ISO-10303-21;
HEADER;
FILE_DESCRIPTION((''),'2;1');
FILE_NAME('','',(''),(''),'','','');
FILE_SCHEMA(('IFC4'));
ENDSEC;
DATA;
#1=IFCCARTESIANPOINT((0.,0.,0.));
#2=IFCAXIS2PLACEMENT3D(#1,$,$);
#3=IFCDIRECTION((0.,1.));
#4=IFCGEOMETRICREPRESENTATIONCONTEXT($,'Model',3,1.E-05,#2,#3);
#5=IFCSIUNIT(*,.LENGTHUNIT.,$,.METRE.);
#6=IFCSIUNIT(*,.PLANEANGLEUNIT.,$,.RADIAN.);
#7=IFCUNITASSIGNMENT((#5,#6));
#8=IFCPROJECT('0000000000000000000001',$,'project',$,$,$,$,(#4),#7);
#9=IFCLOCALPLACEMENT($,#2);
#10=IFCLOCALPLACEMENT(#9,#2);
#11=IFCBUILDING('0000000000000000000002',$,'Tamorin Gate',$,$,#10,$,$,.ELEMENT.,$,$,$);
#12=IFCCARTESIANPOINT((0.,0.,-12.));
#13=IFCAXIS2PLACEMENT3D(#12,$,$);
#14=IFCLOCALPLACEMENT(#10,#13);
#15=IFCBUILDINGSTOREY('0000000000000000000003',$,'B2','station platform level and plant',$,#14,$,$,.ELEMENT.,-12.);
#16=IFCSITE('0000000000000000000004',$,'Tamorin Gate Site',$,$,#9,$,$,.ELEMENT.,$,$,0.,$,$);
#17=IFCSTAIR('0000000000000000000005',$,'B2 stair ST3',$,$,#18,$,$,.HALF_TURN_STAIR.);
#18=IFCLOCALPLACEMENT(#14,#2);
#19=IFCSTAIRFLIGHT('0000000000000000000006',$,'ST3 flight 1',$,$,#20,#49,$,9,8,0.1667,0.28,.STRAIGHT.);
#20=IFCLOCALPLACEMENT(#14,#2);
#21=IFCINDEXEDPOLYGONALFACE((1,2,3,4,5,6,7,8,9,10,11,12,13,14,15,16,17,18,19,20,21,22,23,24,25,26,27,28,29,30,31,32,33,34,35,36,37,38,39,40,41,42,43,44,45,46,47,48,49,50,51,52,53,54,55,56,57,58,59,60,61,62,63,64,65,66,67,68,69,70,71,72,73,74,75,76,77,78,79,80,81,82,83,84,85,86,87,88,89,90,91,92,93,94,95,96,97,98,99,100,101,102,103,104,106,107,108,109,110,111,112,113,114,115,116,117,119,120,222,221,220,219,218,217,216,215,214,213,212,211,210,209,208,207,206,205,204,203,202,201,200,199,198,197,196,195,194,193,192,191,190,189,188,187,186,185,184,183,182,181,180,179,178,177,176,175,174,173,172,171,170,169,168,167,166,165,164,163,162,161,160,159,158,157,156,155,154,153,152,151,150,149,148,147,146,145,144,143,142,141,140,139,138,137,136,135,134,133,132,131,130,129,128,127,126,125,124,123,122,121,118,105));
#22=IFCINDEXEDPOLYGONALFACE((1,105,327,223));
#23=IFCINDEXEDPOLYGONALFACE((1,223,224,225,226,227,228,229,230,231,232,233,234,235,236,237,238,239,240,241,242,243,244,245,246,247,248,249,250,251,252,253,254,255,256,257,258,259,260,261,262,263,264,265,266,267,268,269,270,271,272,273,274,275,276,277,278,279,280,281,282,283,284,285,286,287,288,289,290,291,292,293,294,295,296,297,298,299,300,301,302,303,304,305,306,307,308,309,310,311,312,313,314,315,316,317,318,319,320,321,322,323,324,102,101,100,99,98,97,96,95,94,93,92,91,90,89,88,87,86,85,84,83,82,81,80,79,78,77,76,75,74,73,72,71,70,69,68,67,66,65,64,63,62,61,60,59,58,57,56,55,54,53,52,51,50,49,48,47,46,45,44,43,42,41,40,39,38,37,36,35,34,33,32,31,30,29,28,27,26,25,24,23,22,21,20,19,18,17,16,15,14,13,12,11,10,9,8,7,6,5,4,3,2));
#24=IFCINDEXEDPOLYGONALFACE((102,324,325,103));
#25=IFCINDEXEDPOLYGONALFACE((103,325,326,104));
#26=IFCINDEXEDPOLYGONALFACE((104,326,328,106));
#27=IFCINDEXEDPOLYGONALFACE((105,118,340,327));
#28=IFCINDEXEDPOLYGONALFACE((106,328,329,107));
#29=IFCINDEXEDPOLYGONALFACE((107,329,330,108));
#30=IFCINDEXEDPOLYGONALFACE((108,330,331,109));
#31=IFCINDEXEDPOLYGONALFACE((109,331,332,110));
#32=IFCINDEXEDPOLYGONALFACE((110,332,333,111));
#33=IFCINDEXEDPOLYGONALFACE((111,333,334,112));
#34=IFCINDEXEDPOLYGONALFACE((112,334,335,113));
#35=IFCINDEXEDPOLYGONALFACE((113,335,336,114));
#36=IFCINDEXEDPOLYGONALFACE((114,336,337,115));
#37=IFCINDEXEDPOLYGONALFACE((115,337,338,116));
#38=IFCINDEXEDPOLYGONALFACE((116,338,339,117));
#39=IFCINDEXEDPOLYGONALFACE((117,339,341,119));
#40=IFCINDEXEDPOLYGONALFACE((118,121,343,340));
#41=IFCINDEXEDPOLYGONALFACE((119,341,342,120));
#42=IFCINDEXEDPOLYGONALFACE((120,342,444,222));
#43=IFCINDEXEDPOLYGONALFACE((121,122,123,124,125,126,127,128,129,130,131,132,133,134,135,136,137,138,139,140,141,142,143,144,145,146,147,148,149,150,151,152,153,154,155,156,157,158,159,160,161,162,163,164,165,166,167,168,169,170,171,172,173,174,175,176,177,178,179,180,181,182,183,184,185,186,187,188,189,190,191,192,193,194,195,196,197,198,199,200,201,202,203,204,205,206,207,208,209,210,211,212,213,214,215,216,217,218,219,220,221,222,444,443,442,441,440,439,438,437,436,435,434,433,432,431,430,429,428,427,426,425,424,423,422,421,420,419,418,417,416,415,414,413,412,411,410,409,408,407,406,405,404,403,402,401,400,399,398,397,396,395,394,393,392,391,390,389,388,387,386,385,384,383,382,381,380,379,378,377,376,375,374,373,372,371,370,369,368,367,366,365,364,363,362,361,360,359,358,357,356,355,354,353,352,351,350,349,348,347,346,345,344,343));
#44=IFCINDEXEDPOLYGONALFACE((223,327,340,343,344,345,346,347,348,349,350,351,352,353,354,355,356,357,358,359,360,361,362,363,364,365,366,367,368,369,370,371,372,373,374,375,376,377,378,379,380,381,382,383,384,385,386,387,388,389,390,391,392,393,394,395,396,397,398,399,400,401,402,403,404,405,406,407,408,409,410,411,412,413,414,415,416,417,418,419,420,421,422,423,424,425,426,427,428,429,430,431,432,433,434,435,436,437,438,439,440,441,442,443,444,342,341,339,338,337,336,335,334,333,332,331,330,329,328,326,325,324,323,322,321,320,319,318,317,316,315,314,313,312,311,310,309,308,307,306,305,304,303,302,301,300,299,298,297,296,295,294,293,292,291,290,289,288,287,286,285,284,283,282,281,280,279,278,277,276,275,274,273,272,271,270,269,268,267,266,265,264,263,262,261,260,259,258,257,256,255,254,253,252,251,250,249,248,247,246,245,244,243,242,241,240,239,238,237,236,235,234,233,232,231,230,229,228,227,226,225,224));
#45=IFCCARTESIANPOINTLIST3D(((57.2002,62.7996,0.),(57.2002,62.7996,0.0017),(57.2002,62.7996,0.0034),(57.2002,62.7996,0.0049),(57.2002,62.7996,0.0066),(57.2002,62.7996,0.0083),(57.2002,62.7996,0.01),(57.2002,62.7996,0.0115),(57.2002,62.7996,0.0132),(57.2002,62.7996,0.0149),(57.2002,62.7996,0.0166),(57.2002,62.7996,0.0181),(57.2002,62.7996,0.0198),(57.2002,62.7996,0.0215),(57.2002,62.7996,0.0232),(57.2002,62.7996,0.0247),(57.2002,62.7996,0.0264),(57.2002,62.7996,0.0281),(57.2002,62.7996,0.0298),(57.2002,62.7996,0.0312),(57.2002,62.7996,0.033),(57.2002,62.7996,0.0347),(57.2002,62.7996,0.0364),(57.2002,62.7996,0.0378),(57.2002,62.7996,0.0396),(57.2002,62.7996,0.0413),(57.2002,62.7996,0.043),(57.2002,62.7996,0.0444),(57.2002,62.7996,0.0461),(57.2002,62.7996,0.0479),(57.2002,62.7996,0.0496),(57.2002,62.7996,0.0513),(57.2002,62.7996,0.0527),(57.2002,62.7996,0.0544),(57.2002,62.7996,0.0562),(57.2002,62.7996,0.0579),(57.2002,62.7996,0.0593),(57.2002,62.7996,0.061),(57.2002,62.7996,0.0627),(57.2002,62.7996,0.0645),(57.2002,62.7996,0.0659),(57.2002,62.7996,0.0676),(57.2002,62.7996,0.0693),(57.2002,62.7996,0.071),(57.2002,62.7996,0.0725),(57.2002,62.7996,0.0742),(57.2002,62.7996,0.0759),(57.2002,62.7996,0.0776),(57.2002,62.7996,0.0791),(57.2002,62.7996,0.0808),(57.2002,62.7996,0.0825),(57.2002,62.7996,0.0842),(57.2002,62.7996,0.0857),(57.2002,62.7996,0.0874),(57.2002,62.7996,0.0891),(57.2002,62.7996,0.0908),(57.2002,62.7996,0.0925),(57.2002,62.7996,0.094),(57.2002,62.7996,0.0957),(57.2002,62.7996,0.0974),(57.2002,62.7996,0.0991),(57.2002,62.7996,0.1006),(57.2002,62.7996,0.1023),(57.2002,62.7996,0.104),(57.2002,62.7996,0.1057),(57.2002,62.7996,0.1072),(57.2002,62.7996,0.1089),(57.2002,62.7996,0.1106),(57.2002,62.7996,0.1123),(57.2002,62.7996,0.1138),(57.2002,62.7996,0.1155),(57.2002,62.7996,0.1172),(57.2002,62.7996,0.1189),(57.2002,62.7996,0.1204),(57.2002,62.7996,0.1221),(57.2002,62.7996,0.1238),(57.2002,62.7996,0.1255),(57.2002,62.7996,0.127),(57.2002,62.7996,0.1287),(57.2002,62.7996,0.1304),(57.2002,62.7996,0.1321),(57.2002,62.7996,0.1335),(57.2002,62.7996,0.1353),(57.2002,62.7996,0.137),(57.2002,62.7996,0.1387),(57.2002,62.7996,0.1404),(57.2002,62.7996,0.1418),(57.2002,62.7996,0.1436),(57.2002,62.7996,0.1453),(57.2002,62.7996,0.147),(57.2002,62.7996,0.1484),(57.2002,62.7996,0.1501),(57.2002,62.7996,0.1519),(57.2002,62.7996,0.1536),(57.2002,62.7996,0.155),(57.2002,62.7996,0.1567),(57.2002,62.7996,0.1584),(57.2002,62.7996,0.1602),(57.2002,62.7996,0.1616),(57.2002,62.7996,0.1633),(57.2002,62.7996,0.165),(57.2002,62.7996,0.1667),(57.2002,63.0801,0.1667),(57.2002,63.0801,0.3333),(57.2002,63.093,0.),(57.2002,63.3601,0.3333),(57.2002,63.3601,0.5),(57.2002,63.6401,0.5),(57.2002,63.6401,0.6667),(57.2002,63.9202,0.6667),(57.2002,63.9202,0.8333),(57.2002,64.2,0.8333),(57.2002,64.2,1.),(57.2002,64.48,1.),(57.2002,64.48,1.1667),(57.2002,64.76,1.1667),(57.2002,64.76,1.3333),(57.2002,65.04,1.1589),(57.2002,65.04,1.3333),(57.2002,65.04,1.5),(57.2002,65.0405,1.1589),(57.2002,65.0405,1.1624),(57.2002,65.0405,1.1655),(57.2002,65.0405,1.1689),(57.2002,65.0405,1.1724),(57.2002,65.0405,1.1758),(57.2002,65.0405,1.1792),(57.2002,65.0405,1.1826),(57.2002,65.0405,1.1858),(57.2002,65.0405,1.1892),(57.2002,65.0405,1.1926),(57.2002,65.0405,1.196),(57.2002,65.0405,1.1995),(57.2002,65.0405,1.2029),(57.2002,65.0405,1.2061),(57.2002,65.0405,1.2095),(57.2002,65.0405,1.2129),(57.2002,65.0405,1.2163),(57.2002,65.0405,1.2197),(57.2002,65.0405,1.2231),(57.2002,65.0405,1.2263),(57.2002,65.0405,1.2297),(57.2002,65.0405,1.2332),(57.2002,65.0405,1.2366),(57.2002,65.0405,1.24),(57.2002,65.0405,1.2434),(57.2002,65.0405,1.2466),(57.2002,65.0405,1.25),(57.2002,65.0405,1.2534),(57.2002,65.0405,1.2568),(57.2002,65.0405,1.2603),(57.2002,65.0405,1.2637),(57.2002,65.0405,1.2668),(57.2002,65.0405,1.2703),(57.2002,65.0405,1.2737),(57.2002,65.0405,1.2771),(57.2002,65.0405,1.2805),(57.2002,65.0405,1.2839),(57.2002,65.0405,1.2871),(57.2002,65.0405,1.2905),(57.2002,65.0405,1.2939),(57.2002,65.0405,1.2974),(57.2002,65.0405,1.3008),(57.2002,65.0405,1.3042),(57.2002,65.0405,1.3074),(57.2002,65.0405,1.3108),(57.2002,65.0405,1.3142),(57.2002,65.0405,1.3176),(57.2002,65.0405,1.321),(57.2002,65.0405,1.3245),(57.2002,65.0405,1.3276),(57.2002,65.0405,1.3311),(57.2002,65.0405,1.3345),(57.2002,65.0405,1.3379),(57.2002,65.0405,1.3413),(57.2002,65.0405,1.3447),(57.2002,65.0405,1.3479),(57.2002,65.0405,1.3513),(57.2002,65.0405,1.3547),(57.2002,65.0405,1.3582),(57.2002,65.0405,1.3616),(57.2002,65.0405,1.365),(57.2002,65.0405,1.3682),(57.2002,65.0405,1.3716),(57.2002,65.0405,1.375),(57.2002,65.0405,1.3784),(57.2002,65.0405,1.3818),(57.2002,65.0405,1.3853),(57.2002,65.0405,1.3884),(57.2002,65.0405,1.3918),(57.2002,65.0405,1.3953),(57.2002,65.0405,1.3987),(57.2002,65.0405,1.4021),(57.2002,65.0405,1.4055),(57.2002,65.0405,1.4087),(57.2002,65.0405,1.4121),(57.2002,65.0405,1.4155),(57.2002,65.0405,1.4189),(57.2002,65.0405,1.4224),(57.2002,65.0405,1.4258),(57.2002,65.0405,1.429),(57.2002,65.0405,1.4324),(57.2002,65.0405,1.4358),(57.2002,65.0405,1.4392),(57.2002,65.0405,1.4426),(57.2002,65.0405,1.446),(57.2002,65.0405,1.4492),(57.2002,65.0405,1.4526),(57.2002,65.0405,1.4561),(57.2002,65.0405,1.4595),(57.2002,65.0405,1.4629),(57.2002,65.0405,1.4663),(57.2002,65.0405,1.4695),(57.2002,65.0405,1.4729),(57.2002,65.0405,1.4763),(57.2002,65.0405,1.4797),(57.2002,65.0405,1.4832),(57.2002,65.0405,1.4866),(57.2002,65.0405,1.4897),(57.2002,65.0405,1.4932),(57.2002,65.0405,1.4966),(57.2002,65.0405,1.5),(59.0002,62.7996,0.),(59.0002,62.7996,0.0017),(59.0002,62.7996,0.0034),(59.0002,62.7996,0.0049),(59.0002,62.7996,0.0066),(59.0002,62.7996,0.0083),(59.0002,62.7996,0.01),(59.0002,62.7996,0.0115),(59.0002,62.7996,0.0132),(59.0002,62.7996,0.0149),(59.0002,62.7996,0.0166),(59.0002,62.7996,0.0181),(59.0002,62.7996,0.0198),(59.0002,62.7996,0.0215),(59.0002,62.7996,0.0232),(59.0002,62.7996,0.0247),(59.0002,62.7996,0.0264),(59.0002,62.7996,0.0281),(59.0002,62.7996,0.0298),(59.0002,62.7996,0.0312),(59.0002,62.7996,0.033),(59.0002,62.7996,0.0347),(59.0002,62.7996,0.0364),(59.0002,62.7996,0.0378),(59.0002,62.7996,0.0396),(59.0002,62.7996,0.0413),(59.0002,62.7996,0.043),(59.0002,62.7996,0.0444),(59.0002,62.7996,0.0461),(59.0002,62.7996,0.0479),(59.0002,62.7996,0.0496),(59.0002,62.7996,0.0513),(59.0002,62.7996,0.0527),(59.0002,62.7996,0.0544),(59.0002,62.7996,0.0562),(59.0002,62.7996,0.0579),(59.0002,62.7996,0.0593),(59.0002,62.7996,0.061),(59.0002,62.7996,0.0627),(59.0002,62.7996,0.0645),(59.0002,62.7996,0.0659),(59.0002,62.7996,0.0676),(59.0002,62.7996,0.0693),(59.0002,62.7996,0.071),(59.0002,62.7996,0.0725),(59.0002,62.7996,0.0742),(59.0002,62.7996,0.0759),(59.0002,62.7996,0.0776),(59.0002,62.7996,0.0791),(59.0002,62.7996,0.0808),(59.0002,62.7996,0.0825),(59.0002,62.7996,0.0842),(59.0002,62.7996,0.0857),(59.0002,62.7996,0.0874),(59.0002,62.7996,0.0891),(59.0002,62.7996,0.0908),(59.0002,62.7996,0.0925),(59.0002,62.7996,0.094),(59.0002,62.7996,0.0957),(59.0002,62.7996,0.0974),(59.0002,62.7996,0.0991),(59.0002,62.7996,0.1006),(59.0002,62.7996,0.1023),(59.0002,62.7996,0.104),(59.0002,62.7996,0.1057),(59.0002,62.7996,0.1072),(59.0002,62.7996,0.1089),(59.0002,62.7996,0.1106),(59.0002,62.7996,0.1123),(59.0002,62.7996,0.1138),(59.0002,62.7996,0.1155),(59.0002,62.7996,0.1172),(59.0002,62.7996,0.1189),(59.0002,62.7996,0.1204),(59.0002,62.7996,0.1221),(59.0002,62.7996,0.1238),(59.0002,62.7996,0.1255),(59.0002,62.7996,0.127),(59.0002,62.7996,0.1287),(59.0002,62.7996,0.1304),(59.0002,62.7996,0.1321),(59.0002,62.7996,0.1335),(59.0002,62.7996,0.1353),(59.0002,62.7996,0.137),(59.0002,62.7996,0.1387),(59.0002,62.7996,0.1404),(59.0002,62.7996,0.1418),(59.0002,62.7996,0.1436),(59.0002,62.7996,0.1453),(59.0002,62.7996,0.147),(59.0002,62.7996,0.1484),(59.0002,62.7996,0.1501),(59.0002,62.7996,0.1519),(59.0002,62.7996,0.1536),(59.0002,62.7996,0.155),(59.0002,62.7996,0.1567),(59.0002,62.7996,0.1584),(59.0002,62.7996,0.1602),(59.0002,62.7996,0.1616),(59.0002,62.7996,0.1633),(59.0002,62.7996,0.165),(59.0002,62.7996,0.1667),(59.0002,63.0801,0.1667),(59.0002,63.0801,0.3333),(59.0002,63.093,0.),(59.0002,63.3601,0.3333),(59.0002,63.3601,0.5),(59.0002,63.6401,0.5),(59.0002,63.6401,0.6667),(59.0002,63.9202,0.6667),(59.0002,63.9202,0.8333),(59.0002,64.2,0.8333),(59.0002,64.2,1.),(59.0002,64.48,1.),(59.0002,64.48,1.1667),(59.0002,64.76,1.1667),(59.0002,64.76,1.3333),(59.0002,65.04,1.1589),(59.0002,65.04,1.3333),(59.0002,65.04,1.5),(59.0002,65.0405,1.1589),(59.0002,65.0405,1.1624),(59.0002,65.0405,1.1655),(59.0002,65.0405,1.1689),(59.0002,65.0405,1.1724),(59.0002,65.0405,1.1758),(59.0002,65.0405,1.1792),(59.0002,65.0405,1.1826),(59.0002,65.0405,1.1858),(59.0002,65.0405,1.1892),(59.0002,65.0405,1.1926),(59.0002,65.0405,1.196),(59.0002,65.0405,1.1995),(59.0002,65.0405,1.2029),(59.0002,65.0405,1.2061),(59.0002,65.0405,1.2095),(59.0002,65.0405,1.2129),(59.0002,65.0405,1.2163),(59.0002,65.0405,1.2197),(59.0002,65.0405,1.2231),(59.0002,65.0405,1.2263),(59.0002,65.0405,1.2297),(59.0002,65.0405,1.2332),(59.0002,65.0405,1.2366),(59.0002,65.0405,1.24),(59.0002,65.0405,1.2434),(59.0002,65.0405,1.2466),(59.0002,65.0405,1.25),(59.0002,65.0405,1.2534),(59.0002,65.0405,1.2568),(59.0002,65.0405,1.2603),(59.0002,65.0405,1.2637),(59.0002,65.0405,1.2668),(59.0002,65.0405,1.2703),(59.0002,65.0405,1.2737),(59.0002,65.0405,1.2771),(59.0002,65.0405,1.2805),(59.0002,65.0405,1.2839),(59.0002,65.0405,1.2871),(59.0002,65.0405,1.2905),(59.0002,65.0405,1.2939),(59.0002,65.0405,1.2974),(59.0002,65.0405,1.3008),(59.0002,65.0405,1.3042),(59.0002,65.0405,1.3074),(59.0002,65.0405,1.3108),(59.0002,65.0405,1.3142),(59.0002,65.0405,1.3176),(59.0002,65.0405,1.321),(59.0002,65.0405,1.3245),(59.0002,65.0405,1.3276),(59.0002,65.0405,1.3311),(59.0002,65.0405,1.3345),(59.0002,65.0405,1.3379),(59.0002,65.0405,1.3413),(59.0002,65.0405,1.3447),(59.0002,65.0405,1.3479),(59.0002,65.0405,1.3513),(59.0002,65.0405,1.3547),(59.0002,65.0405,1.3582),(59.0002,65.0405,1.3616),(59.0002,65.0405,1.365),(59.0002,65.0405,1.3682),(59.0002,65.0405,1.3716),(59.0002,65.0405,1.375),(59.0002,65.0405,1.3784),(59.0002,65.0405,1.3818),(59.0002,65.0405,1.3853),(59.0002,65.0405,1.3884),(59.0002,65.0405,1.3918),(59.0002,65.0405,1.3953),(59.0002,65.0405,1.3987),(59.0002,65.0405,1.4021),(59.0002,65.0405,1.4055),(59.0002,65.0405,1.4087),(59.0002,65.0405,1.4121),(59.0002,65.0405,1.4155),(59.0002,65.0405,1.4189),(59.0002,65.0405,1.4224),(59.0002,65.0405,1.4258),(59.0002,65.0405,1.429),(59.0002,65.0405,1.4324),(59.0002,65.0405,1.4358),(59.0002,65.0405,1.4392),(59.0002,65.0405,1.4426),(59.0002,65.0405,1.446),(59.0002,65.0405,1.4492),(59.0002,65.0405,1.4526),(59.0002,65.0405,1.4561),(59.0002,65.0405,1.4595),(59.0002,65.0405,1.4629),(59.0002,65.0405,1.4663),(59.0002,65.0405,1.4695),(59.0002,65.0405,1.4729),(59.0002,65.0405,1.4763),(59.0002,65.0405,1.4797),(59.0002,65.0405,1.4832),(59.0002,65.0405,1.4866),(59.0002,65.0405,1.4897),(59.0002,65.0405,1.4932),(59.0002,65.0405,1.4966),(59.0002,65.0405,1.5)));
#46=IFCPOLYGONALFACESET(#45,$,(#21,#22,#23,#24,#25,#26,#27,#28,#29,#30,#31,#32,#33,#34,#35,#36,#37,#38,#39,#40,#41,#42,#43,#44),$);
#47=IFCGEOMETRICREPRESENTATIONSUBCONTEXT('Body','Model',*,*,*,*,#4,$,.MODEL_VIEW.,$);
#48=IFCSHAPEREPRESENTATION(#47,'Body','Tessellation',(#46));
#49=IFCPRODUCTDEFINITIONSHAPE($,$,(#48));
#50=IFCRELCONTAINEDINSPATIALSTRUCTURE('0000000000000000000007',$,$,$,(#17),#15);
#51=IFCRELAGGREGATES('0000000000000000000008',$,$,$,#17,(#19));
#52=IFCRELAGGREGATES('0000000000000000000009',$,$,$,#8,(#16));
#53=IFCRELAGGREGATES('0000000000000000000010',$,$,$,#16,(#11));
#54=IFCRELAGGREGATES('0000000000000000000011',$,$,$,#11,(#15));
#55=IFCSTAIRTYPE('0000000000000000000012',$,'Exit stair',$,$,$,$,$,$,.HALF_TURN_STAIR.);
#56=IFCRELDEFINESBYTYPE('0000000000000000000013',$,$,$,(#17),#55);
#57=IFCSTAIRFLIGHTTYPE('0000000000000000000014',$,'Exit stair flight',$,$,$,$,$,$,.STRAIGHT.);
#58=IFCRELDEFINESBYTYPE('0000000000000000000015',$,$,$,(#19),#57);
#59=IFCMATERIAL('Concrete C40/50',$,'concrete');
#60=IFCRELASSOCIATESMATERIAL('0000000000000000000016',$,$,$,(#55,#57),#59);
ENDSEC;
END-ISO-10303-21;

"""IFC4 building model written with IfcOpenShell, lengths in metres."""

from ifc_helpers import new_model, si_unit, direction, frame, origin, place, context, subcontext, project, spatial, polyline, outline, extrude, material, type_object, element, aggregate, save


model = new_model("IFC4")

# Units and contexts
model_context = context("Model", 3, precision=1e-05, world=origin(), true_north=direction((0.0, 1.0)))
body_context = subcontext(model_context, "Body", "Model", "MODEL_VIEW")
ifc_project = project(units=[si_unit("LENGTHUNIT", "METRE"), si_unit("PLANEANGLEUNIT", "RADIAN")], contexts=[model_context])

# Site, building, storey
site_placement = place(None, origin())
site = spatial("IfcSite", under=ifc_project, at=site_placement, Name="Tamorin Gate Site", CompositionType="ELEMENT", RefElevation=0.0)
building_placement = place(site_placement, origin())
building = spatial("IfcBuilding", under=site, at=building_placement, Name="Tamorin Gate", CompositionType="ELEMENT")
storey_placement = place(building_placement, frame((0.0, 0.0, -12.0)))
storey = spatial("IfcBuildingStorey", under=building, at=storey_placement, Name="B2", Description="station platform level and plant", CompositionType="ELEMENT", Elevation=-12.0)

# Shared definitions
ifc_material_1 = material(Name="Concrete C40/50", Category="concrete")

# Stair, stair flight
stair_type = type_object("IfcStairType", Name="Exit stair", PredefinedType="HALF_TURN_STAIR", material=ifc_material_1)
stair_placement = place(storey_placement, origin())
stair = element("IfcStair", 1, at=stair_placement, inside=storey, type_object=stair_type, Name="B2 stair ST3", PredefinedType="HALF_TURN_STAIR")
stair_flight_type = type_object("IfcStairFlightType", Name="Exit stair flight", PredefinedType="STRAIGHT", material=ifc_material_1)
stair_flight_1_placement = place(storey_placement, frame((58.1001, 62.8, 0.0), z_axis=(0.0, 0.0, 1.0), x_axis=(0.0, 1.0, 0.0)))
stair_flight_1 = element("IfcStairFlight", 2, at=stair_flight_1_placement, type_object=stair_flight_type, Name="ST3 flight 1", NumberOfRisers=9, NumberOfTreads=8, PredefinedType="STRAIGHT", RiserHeight=0.1667, TreadLength=0.28, context=body_context, shape_type="SweptSolid", body=[
    extrude(outline(polyline([(-0.0005, 0.0), (-0.0005, 0.0017), (-0.0005, 0.0034), (-0.0005, 0.0049), (-0.0005, 0.0066), (-0.0005, 0.0083), (-0.0005, 0.01), (-0.0005, 0.0115), (-0.0005, 0.0132), (-0.0005, 0.0149), (-0.0005, 0.0166), (-0.0005, 0.0181), (-0.0005, 0.0198), (-0.0005, 0.0215), (-0.0005, 0.0232), (-0.0005, 0.0247), (-0.0005, 0.0264), (-0.0005, 0.0281), (-0.0005, 0.0298), (-0.0005, 0.0312), (-0.0005, 0.033), (-0.0005, 0.0347), (-0.0005, 0.0364), (-0.0005, 0.0378), (-0.0005, 0.0396), (-0.0005, 0.0413), (-0.0005, 0.043), (-0.0005, 0.0444), (-0.0005, 0.0461), (-0.0005, 0.0479), (-0.0005, 0.0496), (-0.0005, 0.0513), (-0.0005, 0.0527), (-0.0005, 0.0544), (-0.0005, 0.0562), (-0.0005, 0.0579), (-0.0005, 0.0593), (-0.0005, 0.061), (-0.0005, 0.0627), (-0.0005, 0.0645), (-0.0005, 0.0659), (-0.0005, 0.0676), (-0.0005, 0.0693), (-0.0005, 0.071), (-0.0005, 0.0725), (-0.0005, 0.0742), (-0.0005, 0.0759), (-0.0005, 0.0776), (-0.0005, 0.0791), (-0.0005, 0.0808), (-0.0005, 0.0825), (-0.0005, 0.0842), (-0.0005, 0.0857), (-0.0005, 0.0874), (-0.0005, 0.0891), (-0.0005, 0.0908), (-0.0005, 0.0925), (-0.0005, 0.094), (-0.0005, 0.0957), (-0.0005, 0.0974), (-0.0005, 0.0991), (-0.0005, 0.1006), (-0.0005, 0.1023), (-0.0005, 0.104), (-0.0005, 0.1057), (-0.0005, 0.1072), (-0.0005, 0.1089), (-0.0005, 0.1106), (-0.0005, 0.1123), (-0.0005, 0.1138), (-0.0005, 0.1155), (-0.0005, 0.1172), (-0.0005, 0.1189), (-0.0005, 0.1204), (-0.0005, 0.1221), (-0.0005, 0.1238), (-0.0005, 0.1255), (-0.0005, 0.127), (-0.0005, 0.1287), (-0.0005, 0.1304), (-0.0005, 0.1321), (-0.0005, 0.1335), (-0.0005, 0.1353), (-0.0005, 0.137), (-0.0005, 0.1387), (-0.0005, 0.1404), (-0.0005, 0.1418), (-0.0005, 0.1436), (-0.0005, 0.1453), (-0.0005, 0.147), (-0.0005, 0.1484), (-0.0005, 0.1501), (-0.0005, 0.1519), (-0.0005, 0.1536), (-0.0005, 0.155), (-0.0005, 0.1567), (-0.0005, 0.1584), (-0.0005, 0.1602), (-0.0005, 0.1616), (-0.0005, 0.1633), (-0.0005, 0.165), (-0.0005, 0.1667), (0.28, 0.1667), (0.28, 0.3333), (0.5601, 0.3333), (0.5601, 0.5), (0.8401, 0.5), (0.8401, 0.6667), (1.1201, 0.6667), (1.1201, 0.8333), (1.3999, 0.8333), (1.3999, 1.0), (1.6799, 1.0), (1.6799, 1.1667), (1.96, 1.1667), (1.96, 1.3333), (2.24, 1.3333), (2.24, 1.5), (2.2405, 1.5), (2.2405, 1.4966), (2.2405, 1.4932), (2.2405, 1.4897), (2.2405, 1.4866), (2.2405, 1.4832), (2.2405, 1.4797), (2.2405, 1.4763), (2.2405, 1.4729), (2.2405, 1.4695), (2.2405, 1.4663), (2.2405, 1.4629), (2.2405, 1.4595), (2.2405, 1.4561), (2.2405, 1.4526), (2.2405, 1.4492), (2.2405, 1.446), (2.2405, 1.4426), (2.2405, 1.4392), (2.2405, 1.4358), (2.2405, 1.4324), (2.2405, 1.429), (2.2405, 1.4258), (2.2405, 1.4224), (2.2405, 1.4189), (2.2405, 1.4155), (2.2405, 1.4121), (2.2405, 1.4087), (2.2405, 1.4055), (2.2405, 1.4021), (2.2405, 1.3987), (2.2405, 1.3953), (2.2405, 1.3918), (2.2405, 1.3884), (2.2405, 1.3853), (2.2405, 1.3818), (2.2405, 1.3784), (2.2405, 1.375), (2.2405, 1.3716), (2.2405, 1.3682), (2.2405, 1.365), (2.2405, 1.3616), (2.2405, 1.3582), (2.2405, 1.3547), (2.2405, 1.3513), (2.2405, 1.3479), (2.2405, 1.3447), (2.2405, 1.3413), (2.2405, 1.3379), (2.2405, 1.3345), (2.2405, 1.3311), (2.2405, 1.3276), (2.2405, 1.3245), (2.2405, 1.321), (2.2405, 1.3176), (2.2405, 1.3142), (2.2405, 1.3108), (2.2405, 1.3074), (2.2405, 1.3042), (2.2405, 1.3008), (2.2405, 1.2974), (2.2405, 1.2939), (2.2405, 1.2905), (2.2405, 1.2871), (2.2405, 1.2839), (2.2405, 1.2805), (2.2405, 1.2771), (2.2405, 1.2737), (2.2405, 1.2703), (2.2405, 1.2668), (2.2405, 1.2637), (2.2405, 1.2603), (2.2405, 1.2568), (2.2405, 1.2534), (2.2405, 1.25), (2.2405, 1.2466), (2.2405, 1.2434), (2.2405, 1.24), (2.2405, 1.2366), (2.2405, 1.2332), (2.2405, 1.2297), (2.2405, 1.2263), (2.2405, 1.2231), (2.2405, 1.2197), (2.2405, 1.2163), (2.2405, 1.2129), (2.2405, 1.2095), (2.2405, 1.2061), (2.2405, 1.2029), (2.2405, 1.1995), (2.2405, 1.196), (2.2405, 1.1926), (2.2405, 1.1892), (2.2405, 1.1858), (2.2405, 1.1826), (2.2405, 1.1792), (2.2405, 1.1758), (2.2405, 1.1724), (2.2405, 1.1689), (2.2405, 1.1655), (2.2405, 1.1624), (2.2405, 1.1589), (2.24, 1.1589), (0.293, 0.0), (-0.0005, 0.0)])), frame((0.0, 0.8999, 0.0), z_axis=(0.0, -1.0, 0.0), x_axis=(1.0, 0.0, 0.0)), (0.0, 0.0, 1.0), 1.8),
])
aggregate(stair, [stair_flight_1])

save(model, "model.ifc")
